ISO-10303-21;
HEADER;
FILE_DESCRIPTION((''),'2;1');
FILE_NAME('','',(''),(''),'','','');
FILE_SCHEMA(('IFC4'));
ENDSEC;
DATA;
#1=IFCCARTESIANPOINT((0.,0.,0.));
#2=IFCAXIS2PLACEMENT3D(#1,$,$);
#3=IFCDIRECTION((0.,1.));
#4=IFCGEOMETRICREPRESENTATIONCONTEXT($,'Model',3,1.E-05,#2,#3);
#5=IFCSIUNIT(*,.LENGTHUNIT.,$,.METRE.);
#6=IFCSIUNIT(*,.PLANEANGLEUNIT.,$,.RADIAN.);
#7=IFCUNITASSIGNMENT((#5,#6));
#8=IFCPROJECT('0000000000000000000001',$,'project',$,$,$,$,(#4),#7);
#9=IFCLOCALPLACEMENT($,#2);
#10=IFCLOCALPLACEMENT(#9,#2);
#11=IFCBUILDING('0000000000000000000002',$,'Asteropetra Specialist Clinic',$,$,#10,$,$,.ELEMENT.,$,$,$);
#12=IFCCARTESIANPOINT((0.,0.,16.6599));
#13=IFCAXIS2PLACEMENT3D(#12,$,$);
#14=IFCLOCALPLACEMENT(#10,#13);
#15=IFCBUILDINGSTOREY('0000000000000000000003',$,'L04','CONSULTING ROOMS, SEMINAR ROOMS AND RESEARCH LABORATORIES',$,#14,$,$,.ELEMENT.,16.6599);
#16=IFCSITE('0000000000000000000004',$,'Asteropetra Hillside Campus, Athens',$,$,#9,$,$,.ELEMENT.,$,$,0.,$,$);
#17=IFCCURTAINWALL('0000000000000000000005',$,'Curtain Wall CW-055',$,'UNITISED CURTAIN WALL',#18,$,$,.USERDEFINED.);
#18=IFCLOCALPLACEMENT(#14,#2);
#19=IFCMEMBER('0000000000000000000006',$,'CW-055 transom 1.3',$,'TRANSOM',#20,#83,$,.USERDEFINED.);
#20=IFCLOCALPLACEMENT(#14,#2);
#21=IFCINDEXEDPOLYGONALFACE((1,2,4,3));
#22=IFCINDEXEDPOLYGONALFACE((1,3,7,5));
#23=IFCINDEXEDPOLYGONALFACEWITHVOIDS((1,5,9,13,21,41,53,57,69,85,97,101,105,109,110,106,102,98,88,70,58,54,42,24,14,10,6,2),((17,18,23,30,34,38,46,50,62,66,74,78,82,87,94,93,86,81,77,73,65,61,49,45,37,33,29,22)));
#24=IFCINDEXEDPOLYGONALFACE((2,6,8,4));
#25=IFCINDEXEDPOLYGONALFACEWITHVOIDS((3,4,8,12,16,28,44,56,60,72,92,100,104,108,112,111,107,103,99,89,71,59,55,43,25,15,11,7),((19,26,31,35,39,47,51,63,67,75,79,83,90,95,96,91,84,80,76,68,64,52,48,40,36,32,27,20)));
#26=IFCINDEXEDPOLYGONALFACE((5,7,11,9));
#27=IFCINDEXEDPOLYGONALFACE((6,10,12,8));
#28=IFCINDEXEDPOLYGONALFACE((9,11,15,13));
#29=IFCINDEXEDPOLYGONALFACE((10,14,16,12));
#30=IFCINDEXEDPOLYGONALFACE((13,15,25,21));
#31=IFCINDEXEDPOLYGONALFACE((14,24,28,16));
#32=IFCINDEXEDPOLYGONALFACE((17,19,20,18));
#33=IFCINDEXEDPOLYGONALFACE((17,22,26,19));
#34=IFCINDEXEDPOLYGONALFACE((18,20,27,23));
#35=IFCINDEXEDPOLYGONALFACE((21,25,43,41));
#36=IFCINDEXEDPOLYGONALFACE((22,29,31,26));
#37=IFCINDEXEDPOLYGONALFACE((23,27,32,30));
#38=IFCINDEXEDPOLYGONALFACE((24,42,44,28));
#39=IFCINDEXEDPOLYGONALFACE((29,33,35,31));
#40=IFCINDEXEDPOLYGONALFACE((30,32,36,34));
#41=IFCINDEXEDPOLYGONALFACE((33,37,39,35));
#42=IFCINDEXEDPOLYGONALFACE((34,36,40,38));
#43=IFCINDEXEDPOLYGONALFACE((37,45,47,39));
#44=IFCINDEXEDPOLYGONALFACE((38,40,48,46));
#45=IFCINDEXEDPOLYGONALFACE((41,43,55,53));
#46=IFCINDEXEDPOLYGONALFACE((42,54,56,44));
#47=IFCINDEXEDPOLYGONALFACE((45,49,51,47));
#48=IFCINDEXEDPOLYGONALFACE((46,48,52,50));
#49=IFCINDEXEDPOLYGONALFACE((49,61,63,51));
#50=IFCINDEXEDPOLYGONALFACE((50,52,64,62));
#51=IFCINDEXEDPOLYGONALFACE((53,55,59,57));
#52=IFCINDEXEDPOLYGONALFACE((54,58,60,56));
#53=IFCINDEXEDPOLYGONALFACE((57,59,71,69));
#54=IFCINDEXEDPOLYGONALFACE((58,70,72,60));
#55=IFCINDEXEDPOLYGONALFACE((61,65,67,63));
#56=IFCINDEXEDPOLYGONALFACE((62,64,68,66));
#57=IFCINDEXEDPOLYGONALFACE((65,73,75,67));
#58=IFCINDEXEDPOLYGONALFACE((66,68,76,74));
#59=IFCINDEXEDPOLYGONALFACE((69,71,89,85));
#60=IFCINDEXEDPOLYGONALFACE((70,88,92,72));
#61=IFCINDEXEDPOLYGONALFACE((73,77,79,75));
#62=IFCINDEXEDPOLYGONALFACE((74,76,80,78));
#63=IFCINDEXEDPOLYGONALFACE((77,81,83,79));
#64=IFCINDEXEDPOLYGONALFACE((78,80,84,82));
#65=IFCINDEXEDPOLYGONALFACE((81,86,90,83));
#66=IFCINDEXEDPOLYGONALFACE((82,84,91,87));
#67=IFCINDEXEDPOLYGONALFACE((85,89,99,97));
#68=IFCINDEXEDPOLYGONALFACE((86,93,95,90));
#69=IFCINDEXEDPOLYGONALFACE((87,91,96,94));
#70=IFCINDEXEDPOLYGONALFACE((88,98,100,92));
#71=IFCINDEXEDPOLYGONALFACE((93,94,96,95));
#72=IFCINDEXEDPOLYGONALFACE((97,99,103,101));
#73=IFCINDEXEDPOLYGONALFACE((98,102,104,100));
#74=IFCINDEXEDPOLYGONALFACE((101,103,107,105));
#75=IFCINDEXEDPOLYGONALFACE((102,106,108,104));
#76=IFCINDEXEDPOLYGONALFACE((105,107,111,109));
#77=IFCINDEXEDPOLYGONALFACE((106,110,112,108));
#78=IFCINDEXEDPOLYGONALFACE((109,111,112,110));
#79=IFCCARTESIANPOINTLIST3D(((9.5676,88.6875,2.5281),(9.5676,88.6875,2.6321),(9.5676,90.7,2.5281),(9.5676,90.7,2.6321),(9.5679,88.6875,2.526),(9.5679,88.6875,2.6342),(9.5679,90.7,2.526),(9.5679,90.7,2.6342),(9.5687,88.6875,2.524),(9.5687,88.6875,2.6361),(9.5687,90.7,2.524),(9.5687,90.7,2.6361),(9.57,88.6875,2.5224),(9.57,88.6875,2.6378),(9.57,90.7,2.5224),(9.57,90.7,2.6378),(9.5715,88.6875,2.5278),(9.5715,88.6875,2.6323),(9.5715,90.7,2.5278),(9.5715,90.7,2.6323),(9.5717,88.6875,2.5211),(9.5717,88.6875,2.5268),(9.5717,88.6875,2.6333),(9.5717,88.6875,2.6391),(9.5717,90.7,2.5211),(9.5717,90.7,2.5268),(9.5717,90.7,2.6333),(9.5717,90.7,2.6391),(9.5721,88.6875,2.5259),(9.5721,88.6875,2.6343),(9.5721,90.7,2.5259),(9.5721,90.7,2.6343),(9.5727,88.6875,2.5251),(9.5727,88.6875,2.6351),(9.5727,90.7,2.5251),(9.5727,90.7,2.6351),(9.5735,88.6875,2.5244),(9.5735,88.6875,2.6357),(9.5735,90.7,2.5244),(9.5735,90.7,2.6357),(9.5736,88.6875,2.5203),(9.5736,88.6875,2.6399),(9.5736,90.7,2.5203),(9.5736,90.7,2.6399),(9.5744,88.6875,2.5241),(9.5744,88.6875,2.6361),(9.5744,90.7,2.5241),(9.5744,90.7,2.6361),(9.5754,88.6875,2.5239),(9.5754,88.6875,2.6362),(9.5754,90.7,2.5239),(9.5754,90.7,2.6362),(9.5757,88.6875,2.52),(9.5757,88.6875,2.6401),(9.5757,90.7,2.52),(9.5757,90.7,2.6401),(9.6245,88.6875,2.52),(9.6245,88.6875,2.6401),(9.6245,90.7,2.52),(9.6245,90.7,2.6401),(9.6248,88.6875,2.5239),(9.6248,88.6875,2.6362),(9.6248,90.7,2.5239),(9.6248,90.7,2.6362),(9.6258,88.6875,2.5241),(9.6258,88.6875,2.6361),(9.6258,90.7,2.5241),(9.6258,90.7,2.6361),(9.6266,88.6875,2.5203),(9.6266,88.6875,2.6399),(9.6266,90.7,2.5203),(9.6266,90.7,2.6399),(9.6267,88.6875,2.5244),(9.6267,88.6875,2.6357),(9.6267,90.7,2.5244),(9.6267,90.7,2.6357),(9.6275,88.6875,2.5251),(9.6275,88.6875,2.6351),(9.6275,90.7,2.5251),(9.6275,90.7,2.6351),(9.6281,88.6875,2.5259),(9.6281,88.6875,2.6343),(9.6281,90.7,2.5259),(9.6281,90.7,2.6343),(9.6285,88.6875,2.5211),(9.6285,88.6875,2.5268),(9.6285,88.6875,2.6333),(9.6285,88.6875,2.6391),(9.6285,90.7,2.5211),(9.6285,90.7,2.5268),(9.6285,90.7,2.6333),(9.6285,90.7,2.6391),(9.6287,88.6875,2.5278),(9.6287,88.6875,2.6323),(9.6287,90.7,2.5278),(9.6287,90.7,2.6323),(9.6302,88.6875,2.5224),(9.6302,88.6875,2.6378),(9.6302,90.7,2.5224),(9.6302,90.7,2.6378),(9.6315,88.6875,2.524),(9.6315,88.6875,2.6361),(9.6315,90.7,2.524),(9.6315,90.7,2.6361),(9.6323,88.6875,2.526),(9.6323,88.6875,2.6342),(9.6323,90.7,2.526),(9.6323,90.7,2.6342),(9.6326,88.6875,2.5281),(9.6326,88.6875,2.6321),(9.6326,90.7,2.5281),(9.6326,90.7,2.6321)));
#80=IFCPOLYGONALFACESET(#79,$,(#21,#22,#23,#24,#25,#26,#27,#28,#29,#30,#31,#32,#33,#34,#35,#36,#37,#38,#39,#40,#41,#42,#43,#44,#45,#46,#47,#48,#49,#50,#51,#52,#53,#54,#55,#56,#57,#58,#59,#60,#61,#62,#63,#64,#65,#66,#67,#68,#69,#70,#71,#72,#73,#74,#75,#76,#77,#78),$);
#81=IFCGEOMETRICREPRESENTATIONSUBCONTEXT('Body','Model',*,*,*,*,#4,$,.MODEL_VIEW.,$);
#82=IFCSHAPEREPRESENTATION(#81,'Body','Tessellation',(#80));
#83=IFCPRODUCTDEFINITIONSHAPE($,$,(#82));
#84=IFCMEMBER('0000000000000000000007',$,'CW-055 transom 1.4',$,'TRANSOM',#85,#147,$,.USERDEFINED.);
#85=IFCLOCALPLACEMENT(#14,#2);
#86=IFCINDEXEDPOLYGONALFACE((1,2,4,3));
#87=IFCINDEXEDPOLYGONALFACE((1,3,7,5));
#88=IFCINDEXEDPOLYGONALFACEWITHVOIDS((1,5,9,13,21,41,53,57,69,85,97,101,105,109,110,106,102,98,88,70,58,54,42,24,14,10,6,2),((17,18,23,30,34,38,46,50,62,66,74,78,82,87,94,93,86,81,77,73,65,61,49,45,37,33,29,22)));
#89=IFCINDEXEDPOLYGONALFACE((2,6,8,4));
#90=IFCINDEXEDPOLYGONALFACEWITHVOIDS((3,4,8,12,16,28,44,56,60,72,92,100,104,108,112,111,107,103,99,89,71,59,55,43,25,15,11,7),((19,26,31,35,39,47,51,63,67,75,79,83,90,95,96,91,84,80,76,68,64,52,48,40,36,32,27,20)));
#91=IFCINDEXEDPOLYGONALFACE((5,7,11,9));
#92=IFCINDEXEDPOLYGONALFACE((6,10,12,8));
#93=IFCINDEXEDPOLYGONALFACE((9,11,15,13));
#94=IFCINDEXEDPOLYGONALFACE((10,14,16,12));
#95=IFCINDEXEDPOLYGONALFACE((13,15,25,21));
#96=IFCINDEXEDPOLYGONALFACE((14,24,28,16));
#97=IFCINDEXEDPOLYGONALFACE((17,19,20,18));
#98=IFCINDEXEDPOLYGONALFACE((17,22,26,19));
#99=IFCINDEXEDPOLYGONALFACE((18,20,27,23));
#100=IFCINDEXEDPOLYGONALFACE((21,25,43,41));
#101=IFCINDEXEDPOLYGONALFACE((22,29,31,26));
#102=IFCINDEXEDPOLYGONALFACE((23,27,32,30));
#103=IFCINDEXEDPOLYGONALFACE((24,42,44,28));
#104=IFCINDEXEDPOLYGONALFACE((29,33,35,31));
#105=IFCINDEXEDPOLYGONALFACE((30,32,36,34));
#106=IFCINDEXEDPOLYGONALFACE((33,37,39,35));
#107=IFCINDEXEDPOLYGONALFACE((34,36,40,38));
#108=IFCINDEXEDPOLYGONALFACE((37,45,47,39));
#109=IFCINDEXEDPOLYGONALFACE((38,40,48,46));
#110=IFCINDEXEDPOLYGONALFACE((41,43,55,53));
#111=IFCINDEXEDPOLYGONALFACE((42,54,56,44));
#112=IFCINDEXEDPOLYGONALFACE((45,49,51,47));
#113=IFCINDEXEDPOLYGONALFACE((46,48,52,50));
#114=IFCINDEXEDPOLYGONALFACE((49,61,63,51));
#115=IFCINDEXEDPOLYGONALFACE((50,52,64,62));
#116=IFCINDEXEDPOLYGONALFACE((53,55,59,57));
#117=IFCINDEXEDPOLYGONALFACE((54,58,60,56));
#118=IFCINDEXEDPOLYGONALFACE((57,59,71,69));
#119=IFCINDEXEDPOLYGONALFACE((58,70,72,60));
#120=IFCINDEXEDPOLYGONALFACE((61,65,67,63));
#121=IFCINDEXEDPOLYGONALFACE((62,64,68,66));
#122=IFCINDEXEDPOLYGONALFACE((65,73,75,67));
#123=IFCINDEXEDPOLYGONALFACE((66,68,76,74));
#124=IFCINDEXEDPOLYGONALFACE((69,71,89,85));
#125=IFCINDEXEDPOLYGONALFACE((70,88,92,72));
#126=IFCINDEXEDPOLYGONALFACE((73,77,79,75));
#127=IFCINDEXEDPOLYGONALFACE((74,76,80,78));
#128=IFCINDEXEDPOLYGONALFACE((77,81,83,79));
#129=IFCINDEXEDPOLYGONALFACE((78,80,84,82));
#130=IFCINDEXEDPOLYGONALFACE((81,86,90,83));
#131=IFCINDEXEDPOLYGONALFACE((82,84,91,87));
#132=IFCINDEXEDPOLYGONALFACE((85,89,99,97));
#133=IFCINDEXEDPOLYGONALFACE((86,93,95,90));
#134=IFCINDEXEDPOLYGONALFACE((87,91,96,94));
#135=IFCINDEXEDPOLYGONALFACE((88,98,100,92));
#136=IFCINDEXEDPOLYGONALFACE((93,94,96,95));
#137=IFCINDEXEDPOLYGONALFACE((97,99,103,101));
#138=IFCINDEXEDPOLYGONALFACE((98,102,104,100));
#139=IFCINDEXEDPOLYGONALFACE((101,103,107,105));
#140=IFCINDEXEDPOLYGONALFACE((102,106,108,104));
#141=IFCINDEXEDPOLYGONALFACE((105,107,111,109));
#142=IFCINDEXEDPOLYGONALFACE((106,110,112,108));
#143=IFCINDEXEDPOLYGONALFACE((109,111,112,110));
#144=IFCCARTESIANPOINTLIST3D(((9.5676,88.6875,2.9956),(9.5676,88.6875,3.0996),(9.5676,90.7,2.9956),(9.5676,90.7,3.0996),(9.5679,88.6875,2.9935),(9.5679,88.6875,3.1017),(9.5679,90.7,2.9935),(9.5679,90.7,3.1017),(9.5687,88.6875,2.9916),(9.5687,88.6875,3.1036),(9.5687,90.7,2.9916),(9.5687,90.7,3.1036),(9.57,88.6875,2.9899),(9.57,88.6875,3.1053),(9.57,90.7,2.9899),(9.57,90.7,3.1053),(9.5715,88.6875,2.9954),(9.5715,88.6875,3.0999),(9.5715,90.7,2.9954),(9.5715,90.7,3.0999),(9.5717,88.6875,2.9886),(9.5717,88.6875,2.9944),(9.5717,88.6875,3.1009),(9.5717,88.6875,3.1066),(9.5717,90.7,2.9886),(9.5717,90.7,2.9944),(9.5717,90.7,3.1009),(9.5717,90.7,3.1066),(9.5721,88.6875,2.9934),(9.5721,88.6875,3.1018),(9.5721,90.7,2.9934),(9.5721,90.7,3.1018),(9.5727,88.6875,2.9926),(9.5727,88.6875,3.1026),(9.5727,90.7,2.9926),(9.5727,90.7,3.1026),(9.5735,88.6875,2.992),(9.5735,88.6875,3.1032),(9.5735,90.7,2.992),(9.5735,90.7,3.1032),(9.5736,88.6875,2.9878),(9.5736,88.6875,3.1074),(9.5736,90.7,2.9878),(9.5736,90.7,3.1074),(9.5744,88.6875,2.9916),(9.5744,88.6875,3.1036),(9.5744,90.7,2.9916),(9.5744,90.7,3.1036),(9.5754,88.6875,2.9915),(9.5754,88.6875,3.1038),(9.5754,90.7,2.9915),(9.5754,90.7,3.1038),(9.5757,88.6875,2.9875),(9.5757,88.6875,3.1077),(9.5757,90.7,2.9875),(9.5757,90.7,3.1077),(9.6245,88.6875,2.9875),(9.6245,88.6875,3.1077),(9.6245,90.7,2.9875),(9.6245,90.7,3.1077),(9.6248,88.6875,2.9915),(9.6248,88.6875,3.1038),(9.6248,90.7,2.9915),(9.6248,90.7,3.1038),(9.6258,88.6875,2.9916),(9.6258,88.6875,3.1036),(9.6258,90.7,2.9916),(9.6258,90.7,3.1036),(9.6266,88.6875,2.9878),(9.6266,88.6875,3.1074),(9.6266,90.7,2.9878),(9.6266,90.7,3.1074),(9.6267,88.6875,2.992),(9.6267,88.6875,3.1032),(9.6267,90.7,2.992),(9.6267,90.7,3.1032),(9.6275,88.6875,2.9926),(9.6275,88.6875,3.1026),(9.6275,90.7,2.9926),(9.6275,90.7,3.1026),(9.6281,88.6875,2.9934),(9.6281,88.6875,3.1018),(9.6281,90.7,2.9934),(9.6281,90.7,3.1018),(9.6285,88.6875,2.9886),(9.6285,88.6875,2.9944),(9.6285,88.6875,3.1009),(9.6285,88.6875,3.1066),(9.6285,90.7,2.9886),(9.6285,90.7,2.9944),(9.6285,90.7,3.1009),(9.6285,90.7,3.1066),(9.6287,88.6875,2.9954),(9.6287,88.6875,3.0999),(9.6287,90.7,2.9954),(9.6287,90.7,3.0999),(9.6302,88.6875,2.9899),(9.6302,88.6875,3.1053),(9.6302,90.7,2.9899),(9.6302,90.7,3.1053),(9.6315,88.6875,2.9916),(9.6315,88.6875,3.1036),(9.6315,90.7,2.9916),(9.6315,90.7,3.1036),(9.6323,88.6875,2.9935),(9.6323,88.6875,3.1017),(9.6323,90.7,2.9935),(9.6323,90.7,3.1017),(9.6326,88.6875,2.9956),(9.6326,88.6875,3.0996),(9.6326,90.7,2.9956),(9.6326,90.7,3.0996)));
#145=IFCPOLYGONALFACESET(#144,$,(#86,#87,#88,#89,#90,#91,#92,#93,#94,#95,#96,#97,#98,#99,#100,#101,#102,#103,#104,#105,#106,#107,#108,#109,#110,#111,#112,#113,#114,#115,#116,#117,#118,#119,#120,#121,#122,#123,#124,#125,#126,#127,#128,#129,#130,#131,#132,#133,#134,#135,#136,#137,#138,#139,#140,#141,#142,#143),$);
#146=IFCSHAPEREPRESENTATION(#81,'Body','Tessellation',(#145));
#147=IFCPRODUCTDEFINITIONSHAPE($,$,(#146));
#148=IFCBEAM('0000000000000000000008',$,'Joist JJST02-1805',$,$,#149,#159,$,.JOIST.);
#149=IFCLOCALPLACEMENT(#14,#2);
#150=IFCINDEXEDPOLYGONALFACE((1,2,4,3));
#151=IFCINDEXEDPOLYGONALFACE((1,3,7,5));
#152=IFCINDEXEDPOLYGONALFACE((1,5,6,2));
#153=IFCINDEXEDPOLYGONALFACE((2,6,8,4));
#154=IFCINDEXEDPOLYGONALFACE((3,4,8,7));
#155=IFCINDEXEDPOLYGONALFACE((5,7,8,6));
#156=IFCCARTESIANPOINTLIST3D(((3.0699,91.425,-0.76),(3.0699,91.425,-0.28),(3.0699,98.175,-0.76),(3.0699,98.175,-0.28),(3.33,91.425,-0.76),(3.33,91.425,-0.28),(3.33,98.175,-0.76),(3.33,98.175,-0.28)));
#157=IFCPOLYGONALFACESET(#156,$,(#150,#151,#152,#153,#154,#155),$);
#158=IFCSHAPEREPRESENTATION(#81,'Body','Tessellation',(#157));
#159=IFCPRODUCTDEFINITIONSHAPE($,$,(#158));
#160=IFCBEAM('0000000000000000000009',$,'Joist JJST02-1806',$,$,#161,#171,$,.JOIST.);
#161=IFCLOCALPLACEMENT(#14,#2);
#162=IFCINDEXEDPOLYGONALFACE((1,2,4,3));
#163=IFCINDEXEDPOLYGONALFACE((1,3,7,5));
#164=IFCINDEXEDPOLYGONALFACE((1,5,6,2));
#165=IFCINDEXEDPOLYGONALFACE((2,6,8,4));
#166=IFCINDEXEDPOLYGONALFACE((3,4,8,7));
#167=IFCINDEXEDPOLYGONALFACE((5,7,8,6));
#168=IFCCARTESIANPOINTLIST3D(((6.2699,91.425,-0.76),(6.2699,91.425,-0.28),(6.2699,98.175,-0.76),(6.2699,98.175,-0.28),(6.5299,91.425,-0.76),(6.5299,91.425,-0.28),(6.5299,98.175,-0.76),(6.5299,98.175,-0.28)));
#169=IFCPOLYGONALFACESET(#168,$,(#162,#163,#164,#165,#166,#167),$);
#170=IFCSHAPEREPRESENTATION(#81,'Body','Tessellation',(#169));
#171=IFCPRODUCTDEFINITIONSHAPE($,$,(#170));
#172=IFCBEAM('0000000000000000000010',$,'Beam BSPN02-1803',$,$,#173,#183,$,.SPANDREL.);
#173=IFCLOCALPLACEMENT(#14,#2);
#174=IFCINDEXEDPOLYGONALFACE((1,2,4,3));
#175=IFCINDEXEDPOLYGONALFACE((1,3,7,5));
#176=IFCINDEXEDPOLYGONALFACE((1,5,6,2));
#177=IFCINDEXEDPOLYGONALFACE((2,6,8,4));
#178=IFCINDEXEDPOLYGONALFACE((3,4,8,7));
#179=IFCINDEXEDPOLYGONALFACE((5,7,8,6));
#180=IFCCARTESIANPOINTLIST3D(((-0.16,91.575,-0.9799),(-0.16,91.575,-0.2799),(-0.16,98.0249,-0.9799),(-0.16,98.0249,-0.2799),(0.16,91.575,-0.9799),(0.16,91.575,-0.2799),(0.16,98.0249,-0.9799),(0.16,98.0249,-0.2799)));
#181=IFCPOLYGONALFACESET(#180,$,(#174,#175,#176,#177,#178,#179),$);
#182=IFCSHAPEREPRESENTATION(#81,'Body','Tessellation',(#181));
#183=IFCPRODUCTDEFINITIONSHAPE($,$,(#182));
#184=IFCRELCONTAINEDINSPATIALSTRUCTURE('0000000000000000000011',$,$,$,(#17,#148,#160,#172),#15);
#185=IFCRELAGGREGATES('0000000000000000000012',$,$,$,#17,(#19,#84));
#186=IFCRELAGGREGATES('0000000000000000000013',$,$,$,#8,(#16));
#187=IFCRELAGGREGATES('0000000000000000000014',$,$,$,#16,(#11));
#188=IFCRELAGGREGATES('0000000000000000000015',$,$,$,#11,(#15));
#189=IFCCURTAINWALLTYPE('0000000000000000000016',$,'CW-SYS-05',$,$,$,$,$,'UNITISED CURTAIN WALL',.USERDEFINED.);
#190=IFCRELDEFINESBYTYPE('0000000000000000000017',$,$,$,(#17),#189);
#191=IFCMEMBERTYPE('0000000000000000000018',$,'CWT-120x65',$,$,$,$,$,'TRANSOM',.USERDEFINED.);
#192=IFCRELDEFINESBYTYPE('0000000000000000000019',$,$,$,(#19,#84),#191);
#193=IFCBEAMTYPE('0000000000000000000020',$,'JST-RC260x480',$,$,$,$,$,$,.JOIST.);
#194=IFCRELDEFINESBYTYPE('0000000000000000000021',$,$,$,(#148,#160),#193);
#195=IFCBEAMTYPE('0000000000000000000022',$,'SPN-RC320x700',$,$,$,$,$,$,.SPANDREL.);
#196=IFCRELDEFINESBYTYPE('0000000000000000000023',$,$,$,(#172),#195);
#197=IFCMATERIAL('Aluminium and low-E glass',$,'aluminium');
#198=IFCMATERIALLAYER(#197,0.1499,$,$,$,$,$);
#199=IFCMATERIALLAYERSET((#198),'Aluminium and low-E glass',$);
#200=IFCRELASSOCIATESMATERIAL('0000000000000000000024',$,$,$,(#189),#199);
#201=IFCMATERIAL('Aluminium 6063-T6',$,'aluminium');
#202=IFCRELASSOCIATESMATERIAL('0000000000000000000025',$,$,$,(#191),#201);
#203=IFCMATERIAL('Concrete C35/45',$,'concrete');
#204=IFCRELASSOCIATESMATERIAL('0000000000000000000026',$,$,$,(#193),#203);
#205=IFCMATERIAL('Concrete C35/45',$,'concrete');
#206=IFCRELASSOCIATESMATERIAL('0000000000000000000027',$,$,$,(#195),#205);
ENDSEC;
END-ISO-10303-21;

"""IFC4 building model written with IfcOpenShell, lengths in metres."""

from ifc_helpers import new_model, si_unit, direction, frame, origin, origin_2d, place, context, subcontext, project, spatial, rectangle, hollow_rectangle, extrude, material, layer, layer_set, material_profile, profile_set, type_object, element, aggregate, save


model = new_model("IFC4")

# Units and contexts
model_context = context("Model", 3, precision=1e-05, world=origin(), true_north=direction((0.0, 1.0)))
body_context = subcontext(model_context, "Body", "Model", "MODEL_VIEW")
ifc_project = project(units=[si_unit("LENGTHUNIT", "METRE"), si_unit("PLANEANGLEUNIT", "RADIAN")], contexts=[model_context])

# Site, building, storey
site_placement = place(None, origin())
site = spatial("IfcSite", under=ifc_project, at=site_placement, Name="Asteropetra Hillside Campus, Athens", CompositionType="ELEMENT", RefElevation=0.0)
building_placement = place(site_placement, origin())
building = spatial("IfcBuilding", under=site, at=building_placement, Name="Asteropetra Specialist Clinic", CompositionType="ELEMENT")
storey_placement = place(building_placement, frame((0.0, 0.0, 16.6599)))
storey = spatial("IfcBuildingStorey", under=building, at=storey_placement, Name="L04", Description="CONSULTING ROOMS, SEMINAR ROOMS AND RESEARCH LABORATORIES", CompositionType="ELEMENT", Elevation=16.6599)

# Curtain wall, members
ifc_material_1 = material(Name="Aluminium and low-E glass", Category="aluminium")
ifc_layer_1 = layer(ifc_material_1, 0.1499)
ifc_layer_set_1 = layer_set([ifc_layer_1], Name="Aluminium and low-E glass")
curtain_wall_type = type_object("IfcCurtainWallType", Name="CW-SYS-05", ElementType="UNITISED CURTAIN WALL", PredefinedType="USERDEFINED", material=ifc_layer_set_1)
curtain_wall_placement = place(storey_placement, origin())
curtain_wall = element("IfcCurtainWall", 1, at=curtain_wall_placement, inside=storey, type_object=curtain_wall_type, Name="Curtain Wall CW-055", ObjectType="UNITISED CURTAIN WALL", PredefinedType="USERDEFINED")
ifc_material_2 = material(Name="Aluminium 6063-T6", Category="aluminium")
ifc_material_profile_1 = material_profile(ifc_material_2, hollow_rectangle(XDim=0.0649, YDim=0.1201, WallThickness=0.0039, InnerFilletRadius=0.0039, OuterFilletRadius=0.0081, at=origin_2d()), Name="TRN 120x65x4.0")
ifc_profile_set_1 = profile_set([ifc_material_profile_1], Name="Aluminium 6063-T6")
member_type = type_object("IfcMemberType", Name="CWT-120x65", ElementType="TRANSOM", PredefinedType="USERDEFINED", material=ifc_profile_set_1)
member_1_placement = place(storey_placement, frame((9.6001, 90.7, 2.5801), z_axis=(0.0, -1.0, 0.0), x_axis=(1.0, 0.0, 0.0)))
member_1 = element("IfcMember", 2, at=member_1_placement, type_object=member_type, Name="CW-055 transom 1.3", ObjectType="TRANSOM", PredefinedType="USERDEFINED", context=body_context, shape_type="SweptSolid", body=[
    extrude(hollow_rectangle(XDim=0.0649, YDim=0.1201, WallThickness=0.0039, InnerFilletRadius=0.0039, OuterFilletRadius=0.0081, at=origin_2d()), origin(), (0.0, 0.0, 1.0), 2.0125),
])
member_2_placement = place(storey_placement, frame((9.6001, 90.7, 3.0476), z_axis=(0.0, -1.0, 0.0), x_axis=(1.0, 0.0, 0.0)))
member_2 = element("IfcMember", 3, at=member_2_placement, type_object=member_type, Name="CW-055 transom 1.4", ObjectType="TRANSOM", PredefinedType="USERDEFINED", context=body_context, shape_type="SweptSolid", body=[
    extrude(hollow_rectangle(XDim=0.0649, YDim=0.1201, WallThickness=0.0039, InnerFilletRadius=0.0039, OuterFilletRadius=0.0081, at=origin_2d()), origin(), (0.0, 0.0, 1.0), 2.0125),
])
aggregate(curtain_wall, [member_1, member_2])

# Beams
ifc_material_3 = material(Name="Concrete C35/45", Category="concrete")
ifc_material_profile_2 = material_profile(ifc_material_3, rectangle(XDim=0.26, YDim=0.48, at=origin_2d()), Name="RCJ 260x480")
ifc_profile_set_2 = profile_set([ifc_material_profile_2], Name="Concrete C35/45")
beam_type_1 = type_object("IfcBeamType", Name="JST-RC260x480", PredefinedType="JOIST", material=ifc_profile_set_2)
for number, where, z_axis, x_axis, name in (
    (4, (3.2, 91.425, -0.52), (0.0, 1.0, 0.0), (-1.0, 0.0, 0.0), "Joist JJST02-1805"),
    (5, (6.3999, 91.425, -0.52), (0.0, 1.0, 0.0), (-1.0, 0.0, 0.0), "Joist JJST02-1806"),
):
    element("IfcBeam", number, at=place(storey_placement, frame(where, z_axis=z_axis, x_axis=x_axis)), inside=storey, type_object=beam_type_1, Name=name, PredefinedType="JOIST", context=body_context, shape_type="SweptSolid", body=[
        extrude(rectangle(XDim=0.26, YDim=0.48, at=origin_2d()), origin(), (0.0, 0.0, 1.0), 6.75),
    ])
ifc_material_4 = material(Name="Concrete C35/45", Category="concrete")
ifc_material_profile_3 = material_profile(ifc_material_4, rectangle(XDim=0.3201, YDim=0.7, at=origin_2d()), Name="RCS 320x700")
ifc_profile_set_3 = profile_set([ifc_material_profile_3], Name="Concrete C35/45")
beam_type_2 = type_object("IfcBeamType", Name="SPN-RC320x700", PredefinedType="SPANDREL", material=ifc_profile_set_3)
beam_placement = place(storey_placement, frame((0.0, 91.575, -0.6299), z_axis=(0.0, 1.0, 0.0), x_axis=(-1.0, 0.0, 0.0)))
element("IfcBeam", 6, at=beam_placement, inside=storey, type_object=beam_type_2, Name="Beam BSPN02-1803", PredefinedType="SPANDREL", context=body_context, shape_type="SweptSolid", body=[
    extrude(rectangle(XDim=0.3201, YDim=0.7, at=origin_2d()), origin(), (0.0, 0.0, 1.0), 6.45),
])

save(model, "model.ifc")
